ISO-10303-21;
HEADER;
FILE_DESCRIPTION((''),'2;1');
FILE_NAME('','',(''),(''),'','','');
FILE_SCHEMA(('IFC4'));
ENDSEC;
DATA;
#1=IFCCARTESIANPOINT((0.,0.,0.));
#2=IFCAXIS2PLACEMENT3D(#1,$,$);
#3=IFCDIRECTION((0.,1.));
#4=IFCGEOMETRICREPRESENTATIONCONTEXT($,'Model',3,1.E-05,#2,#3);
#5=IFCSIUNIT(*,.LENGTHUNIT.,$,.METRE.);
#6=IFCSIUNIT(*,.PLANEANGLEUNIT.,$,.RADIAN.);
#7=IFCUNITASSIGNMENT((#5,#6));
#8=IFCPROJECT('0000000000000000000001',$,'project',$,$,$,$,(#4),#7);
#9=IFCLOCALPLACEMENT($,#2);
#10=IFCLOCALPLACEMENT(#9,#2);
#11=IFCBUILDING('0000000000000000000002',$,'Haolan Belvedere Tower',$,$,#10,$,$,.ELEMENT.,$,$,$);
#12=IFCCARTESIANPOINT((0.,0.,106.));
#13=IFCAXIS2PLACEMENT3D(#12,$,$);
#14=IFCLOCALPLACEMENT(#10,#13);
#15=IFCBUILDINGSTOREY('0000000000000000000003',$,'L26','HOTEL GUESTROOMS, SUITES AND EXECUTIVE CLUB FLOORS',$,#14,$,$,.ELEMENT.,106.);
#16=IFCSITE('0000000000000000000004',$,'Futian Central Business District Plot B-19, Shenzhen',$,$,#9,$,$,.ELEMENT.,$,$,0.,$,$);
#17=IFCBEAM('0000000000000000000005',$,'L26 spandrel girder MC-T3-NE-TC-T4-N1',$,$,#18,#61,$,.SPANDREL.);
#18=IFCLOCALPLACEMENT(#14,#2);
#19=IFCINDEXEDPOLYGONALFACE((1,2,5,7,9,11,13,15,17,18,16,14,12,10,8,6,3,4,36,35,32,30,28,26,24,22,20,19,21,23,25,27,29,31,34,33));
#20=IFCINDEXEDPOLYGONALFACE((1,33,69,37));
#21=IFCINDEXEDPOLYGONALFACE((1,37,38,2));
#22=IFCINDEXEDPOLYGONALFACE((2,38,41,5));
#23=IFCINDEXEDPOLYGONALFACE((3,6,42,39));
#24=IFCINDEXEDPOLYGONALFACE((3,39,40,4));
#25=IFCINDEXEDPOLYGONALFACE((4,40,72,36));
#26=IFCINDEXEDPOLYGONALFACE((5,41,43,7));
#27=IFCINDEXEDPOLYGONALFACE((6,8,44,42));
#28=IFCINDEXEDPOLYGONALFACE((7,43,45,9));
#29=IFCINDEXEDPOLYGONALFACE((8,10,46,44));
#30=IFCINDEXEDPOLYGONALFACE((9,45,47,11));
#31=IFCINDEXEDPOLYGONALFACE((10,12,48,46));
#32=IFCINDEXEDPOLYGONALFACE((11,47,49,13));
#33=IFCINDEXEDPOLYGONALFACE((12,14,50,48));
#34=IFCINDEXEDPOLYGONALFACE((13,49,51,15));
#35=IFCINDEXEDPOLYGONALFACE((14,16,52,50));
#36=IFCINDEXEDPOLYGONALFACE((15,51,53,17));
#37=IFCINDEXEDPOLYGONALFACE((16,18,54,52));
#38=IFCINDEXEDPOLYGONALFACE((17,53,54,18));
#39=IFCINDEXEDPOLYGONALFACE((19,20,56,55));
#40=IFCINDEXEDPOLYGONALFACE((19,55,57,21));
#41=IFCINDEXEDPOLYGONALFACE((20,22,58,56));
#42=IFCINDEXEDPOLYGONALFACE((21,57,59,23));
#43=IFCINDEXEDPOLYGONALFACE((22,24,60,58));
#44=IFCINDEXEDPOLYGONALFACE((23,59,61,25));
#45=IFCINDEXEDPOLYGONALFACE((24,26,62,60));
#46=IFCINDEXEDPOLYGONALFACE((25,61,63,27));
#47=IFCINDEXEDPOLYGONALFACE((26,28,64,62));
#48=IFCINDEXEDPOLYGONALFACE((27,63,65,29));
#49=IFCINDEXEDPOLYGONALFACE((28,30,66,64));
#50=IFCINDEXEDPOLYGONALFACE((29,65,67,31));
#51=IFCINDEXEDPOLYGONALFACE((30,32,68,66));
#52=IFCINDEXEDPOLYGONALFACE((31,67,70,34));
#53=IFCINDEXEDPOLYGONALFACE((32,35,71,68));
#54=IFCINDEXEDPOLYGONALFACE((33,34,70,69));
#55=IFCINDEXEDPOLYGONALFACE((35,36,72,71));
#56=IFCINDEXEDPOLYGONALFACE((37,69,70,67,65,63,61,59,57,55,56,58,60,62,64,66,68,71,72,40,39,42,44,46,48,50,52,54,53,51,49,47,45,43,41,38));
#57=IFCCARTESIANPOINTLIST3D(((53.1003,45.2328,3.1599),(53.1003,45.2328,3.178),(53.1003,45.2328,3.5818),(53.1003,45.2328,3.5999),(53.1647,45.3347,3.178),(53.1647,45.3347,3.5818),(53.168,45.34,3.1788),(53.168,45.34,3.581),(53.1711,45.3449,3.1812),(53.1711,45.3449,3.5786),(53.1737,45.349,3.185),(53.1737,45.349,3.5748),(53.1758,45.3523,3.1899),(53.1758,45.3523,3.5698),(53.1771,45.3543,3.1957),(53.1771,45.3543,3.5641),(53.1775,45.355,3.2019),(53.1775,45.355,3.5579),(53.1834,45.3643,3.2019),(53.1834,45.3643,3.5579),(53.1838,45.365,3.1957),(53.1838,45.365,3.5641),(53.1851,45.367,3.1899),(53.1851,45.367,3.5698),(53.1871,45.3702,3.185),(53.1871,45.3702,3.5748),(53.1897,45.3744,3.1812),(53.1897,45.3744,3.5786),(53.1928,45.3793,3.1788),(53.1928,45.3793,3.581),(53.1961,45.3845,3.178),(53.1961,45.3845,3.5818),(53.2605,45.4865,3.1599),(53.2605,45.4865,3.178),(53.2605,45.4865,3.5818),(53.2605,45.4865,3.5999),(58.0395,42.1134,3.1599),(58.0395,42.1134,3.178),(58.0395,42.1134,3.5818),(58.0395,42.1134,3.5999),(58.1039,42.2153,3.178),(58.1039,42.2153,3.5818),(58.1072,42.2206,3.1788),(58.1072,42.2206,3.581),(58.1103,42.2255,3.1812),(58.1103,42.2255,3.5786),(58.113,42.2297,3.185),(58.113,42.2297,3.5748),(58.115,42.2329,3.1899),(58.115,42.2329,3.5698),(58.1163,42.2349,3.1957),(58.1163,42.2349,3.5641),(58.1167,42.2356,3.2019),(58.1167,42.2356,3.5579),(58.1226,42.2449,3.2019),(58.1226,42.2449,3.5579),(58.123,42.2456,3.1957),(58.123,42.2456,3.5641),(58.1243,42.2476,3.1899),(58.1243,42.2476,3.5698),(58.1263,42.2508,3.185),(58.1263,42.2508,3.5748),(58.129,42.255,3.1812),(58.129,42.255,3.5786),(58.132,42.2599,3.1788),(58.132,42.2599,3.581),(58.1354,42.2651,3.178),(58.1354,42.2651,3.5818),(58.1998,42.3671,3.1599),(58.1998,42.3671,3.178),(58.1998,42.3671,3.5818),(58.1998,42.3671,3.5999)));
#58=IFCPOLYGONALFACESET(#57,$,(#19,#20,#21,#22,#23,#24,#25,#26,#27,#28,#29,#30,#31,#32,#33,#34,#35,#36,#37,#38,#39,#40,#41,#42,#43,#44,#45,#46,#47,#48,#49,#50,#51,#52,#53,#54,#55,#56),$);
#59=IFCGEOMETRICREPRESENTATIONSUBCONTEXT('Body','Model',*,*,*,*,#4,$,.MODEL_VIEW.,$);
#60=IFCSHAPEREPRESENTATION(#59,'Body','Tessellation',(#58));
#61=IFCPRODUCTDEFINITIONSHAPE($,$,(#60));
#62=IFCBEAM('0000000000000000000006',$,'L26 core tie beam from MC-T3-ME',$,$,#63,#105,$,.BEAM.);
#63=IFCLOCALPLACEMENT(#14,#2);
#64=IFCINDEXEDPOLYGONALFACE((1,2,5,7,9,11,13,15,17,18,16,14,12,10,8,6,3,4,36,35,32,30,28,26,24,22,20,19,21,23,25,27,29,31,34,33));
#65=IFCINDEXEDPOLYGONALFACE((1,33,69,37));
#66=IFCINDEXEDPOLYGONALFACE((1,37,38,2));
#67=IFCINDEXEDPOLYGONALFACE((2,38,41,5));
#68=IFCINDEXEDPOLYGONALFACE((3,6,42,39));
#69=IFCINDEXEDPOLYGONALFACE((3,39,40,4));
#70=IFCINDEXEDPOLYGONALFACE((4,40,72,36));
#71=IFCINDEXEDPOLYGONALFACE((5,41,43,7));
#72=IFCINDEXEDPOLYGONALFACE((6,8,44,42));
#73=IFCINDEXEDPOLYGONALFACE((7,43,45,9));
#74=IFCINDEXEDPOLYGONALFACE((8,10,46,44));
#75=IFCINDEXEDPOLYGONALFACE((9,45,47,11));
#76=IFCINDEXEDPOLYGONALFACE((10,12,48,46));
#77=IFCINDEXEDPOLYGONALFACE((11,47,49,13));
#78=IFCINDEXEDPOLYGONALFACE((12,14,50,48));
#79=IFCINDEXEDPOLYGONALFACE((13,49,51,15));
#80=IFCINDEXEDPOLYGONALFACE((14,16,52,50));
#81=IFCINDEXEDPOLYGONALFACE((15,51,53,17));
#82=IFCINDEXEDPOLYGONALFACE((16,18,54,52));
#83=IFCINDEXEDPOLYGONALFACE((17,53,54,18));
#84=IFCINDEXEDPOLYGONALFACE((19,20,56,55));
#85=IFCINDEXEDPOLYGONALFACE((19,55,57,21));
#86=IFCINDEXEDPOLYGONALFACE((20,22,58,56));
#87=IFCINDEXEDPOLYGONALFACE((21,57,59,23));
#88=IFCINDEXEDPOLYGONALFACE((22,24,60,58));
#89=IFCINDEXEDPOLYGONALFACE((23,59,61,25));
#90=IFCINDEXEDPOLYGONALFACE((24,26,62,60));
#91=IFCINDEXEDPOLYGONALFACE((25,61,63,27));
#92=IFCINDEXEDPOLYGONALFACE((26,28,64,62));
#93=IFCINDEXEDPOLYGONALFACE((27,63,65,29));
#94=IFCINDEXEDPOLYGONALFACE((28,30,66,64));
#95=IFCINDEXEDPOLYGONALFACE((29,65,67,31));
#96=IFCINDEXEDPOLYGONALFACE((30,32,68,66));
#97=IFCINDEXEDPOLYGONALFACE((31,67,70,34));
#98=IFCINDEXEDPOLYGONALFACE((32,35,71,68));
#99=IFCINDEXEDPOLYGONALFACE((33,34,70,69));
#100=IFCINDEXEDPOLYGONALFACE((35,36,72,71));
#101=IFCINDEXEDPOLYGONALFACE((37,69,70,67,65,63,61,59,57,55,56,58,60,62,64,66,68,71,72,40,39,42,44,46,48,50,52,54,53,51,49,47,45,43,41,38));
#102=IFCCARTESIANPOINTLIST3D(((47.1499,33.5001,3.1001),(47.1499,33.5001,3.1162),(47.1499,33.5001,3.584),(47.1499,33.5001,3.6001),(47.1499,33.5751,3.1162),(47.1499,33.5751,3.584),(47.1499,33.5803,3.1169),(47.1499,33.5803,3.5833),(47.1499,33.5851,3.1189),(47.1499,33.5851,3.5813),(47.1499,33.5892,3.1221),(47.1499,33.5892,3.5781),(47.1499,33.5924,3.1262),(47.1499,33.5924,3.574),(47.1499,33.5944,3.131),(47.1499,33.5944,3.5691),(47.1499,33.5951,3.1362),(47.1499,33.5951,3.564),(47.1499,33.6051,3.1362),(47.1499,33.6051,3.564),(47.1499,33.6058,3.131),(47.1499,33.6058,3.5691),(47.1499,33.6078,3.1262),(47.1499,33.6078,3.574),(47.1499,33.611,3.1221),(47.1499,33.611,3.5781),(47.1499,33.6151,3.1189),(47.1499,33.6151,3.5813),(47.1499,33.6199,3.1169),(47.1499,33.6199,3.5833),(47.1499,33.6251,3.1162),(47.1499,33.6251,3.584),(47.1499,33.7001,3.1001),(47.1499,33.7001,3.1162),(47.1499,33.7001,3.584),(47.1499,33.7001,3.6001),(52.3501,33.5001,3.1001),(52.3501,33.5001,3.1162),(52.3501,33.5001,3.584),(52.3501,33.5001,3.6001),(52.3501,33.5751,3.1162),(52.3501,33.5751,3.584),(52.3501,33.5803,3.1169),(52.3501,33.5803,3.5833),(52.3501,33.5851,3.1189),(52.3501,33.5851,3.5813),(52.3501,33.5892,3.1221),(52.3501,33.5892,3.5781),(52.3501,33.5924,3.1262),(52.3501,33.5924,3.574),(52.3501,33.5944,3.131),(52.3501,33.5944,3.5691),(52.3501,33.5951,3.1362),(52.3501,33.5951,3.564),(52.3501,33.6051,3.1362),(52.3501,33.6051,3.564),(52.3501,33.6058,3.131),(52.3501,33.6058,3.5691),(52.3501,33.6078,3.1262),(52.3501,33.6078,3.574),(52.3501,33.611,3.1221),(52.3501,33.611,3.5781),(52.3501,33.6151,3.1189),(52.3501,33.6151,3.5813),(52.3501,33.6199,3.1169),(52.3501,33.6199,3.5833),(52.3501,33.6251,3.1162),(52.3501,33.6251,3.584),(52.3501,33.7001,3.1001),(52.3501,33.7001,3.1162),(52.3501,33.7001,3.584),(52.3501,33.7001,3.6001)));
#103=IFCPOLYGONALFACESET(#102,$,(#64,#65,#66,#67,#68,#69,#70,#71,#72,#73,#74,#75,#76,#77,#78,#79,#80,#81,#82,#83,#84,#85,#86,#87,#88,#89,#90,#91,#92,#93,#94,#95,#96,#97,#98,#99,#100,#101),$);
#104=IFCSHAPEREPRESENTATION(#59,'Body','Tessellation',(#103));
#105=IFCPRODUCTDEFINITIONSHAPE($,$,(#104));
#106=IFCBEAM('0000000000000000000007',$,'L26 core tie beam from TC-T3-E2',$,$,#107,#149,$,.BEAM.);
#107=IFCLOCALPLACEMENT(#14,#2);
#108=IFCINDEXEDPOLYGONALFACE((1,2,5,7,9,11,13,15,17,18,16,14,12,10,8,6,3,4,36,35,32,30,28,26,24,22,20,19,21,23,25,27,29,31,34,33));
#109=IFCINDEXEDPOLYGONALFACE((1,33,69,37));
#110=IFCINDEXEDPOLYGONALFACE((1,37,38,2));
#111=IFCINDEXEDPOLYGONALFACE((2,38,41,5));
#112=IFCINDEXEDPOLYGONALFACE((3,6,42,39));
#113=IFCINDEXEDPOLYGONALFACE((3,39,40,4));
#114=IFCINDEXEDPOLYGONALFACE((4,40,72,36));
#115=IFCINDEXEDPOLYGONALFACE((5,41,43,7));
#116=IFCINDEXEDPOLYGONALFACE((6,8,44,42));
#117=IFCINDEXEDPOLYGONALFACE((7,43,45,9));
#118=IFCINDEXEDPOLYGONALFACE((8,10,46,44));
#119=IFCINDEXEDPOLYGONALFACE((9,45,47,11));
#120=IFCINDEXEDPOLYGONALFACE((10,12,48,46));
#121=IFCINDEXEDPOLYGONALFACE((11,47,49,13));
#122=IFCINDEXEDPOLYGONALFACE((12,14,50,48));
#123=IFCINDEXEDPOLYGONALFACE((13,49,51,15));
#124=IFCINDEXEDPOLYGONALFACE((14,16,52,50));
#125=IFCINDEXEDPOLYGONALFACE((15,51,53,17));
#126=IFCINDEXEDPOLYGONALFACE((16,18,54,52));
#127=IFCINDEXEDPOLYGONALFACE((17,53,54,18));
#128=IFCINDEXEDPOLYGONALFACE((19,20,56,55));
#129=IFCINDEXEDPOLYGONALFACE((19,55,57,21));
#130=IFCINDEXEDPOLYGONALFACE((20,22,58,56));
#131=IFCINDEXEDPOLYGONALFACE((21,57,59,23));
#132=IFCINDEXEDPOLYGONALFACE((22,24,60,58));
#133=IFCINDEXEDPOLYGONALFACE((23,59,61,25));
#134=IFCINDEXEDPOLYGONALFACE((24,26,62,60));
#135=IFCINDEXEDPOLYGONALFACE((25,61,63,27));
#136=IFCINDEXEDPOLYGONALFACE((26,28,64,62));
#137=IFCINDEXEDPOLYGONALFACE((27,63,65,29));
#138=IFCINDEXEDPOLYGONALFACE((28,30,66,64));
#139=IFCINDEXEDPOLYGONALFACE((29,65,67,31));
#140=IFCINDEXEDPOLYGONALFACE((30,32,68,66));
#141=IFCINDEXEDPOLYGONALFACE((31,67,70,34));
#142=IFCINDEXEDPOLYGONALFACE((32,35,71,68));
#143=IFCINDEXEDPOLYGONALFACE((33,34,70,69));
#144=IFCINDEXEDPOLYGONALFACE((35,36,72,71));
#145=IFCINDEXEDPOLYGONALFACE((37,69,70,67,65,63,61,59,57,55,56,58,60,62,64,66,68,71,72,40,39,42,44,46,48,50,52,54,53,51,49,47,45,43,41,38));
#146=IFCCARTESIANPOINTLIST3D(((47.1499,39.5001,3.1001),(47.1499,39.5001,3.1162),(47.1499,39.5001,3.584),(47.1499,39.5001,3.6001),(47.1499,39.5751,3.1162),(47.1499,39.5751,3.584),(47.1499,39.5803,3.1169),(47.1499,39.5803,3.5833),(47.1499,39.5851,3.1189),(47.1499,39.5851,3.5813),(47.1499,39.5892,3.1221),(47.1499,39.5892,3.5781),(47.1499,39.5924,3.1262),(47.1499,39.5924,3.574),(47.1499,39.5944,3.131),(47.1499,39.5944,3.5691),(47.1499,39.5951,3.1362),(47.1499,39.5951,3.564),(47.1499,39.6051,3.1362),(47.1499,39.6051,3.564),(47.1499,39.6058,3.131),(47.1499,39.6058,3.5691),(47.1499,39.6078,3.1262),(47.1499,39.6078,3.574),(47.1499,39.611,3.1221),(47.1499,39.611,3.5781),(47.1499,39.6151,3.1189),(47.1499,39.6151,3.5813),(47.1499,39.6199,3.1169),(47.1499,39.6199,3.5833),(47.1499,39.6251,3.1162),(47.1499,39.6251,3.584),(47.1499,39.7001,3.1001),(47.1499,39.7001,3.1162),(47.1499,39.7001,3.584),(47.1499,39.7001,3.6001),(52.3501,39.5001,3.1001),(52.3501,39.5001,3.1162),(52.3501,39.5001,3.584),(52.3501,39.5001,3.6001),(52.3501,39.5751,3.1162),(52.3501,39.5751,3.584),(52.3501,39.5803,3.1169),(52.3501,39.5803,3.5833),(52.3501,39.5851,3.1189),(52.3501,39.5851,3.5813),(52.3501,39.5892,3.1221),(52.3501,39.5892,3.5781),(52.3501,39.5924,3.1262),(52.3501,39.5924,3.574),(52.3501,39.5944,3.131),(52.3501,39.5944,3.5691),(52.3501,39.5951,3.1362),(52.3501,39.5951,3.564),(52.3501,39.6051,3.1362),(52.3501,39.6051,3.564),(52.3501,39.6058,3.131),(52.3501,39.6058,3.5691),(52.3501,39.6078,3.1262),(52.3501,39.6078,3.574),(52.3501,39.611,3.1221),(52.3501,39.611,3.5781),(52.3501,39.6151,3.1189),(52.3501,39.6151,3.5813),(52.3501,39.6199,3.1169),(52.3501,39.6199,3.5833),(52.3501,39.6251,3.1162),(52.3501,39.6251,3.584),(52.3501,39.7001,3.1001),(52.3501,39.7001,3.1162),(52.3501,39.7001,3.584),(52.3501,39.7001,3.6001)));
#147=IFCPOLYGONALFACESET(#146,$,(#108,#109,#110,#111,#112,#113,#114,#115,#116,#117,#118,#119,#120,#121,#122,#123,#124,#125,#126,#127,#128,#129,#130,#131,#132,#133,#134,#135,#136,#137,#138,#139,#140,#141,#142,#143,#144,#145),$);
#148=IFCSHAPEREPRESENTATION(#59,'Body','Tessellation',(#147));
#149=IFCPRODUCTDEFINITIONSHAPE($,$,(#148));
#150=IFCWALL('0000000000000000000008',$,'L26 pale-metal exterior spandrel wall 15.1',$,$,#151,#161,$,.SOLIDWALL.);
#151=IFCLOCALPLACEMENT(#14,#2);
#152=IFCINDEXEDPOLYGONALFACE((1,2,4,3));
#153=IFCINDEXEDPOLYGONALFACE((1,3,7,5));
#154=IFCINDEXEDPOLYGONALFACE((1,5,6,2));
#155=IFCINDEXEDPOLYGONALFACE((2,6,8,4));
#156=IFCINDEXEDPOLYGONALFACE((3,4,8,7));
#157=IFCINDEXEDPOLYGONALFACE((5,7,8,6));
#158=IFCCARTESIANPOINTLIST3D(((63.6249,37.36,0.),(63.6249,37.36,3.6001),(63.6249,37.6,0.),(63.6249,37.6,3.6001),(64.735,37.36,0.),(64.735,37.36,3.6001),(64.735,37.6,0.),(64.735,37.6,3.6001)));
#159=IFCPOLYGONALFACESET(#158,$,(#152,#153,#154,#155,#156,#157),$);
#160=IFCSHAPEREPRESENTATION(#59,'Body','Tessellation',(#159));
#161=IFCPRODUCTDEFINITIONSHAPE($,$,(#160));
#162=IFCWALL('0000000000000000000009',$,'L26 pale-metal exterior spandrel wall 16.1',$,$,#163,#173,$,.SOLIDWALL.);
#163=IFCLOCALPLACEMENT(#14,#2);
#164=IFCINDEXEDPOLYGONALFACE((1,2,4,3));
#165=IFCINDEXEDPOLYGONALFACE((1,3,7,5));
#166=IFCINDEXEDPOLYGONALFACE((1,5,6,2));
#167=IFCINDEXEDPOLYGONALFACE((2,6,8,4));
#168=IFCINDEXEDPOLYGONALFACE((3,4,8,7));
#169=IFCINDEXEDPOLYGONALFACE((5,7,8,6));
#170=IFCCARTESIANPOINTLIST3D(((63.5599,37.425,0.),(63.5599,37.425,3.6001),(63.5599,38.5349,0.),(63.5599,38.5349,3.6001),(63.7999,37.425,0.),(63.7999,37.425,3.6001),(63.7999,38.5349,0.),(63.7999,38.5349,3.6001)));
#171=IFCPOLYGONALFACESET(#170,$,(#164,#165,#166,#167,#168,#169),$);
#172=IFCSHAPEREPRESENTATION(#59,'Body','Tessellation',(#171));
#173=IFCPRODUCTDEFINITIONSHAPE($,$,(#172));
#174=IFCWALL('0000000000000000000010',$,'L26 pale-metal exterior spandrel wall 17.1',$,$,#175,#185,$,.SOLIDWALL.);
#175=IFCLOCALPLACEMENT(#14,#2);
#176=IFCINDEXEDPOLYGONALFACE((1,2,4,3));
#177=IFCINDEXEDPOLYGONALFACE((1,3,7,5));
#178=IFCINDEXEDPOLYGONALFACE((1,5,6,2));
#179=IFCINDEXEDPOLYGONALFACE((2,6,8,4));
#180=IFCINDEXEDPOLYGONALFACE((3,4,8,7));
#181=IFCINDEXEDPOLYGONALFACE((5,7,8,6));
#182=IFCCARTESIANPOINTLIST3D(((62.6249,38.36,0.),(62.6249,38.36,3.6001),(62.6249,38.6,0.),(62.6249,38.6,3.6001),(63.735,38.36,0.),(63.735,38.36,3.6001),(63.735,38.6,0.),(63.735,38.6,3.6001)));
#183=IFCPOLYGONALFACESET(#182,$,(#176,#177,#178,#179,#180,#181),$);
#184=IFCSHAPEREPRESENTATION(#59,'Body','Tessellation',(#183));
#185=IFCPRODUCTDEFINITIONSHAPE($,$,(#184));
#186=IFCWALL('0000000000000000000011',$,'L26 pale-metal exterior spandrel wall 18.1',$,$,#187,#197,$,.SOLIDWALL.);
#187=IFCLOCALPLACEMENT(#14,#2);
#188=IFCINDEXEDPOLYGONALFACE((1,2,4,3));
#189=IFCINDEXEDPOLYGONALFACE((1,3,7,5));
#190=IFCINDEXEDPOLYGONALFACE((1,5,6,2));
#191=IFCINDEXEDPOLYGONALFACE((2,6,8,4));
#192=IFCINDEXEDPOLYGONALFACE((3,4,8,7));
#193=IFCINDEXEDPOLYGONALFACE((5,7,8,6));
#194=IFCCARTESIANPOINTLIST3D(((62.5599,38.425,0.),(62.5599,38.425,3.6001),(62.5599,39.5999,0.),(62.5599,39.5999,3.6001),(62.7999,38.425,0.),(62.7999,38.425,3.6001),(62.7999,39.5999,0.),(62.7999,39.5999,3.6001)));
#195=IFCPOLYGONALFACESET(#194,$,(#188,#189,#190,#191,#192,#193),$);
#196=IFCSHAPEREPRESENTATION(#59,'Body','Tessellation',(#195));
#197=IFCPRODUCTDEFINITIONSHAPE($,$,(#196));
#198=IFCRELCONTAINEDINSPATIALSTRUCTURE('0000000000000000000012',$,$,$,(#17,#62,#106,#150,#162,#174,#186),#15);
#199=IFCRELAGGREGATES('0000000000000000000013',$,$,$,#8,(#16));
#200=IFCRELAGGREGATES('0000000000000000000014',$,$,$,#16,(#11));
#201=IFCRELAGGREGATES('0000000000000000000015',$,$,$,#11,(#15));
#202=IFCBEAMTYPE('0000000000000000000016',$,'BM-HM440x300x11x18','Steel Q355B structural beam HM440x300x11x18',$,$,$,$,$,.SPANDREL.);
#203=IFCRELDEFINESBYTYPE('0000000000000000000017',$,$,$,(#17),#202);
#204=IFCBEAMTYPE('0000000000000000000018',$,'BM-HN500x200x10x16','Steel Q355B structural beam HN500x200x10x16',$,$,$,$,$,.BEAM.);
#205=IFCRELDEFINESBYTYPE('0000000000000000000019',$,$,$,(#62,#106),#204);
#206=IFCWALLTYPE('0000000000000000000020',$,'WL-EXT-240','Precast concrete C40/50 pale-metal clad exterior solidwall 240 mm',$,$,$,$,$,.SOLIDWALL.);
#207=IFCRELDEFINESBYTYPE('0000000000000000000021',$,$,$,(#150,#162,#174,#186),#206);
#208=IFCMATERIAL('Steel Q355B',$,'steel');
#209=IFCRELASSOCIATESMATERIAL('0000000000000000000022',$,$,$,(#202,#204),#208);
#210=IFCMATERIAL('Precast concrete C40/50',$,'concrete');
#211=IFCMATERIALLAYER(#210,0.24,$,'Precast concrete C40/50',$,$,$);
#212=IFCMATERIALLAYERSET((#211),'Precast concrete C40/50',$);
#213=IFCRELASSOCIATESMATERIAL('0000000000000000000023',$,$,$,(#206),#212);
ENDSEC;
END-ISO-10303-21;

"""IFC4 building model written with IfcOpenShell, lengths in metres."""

from ifc_helpers import new_model, si_unit, direction, frame, frame_2d, origin, origin_2d, place, context, subcontext, project, spatial, rectangle, i_section, extrude, material, layer, layer_set, material_profile, profile_set, type_object, element, save


model = new_model("IFC4")

# Units and contexts
model_context = context("Model", 3, precision=1e-05, world=origin(), true_north=direction((0.0, 1.0)))
body_context = subcontext(model_context, "Body", "Model", "MODEL_VIEW")
ifc_project = project(units=[si_unit("LENGTHUNIT", "METRE"), si_unit("PLANEANGLEUNIT", "RADIAN")], contexts=[model_context])

# Site, building, storey
site_placement = place(None, origin())
site = spatial("IfcSite", under=ifc_project, at=site_placement, Name="Futian Central Business District Plot B-19, Shenzhen", CompositionType="ELEMENT", RefElevation=0.0)
building_placement = place(site_placement, origin())
building = spatial("IfcBuilding", under=site, at=building_placement, Name="Haolan Belvedere Tower", CompositionType="ELEMENT")
storey_placement = place(building_placement, frame((0.0, 0.0, 106.0)))
storey = spatial("IfcBuildingStorey", under=building, at=storey_placement, Name="L26", Description="HOTEL GUESTROOMS, SUITES AND EXECUTIVE CLUB FLOORS", CompositionType="ELEMENT", Elevation=106.0)

# Beams
ifc_material_1 = material(Name="Steel Q355B", Category="steel")
ifc_material_profile_1 = material_profile(ifc_material_1, i_section(OverallWidth=0.3, OverallDepth=0.4399, WebThickness=0.011, FlangeThickness=0.0181, FilletRadius=0.0239, at=origin_2d()), Name="Steel Q355B")
ifc_profile_set_1 = profile_set([ifc_material_profile_1], Name="Steel Q355B")
beam_type_1 = type_object("IfcBeamType", Name="BM-HM440x300x11x18", Description="Steel Q355B structural beam HM440x300x11x18", PredefinedType="SPANDREL", material=ifc_profile_set_1)
beam_placement = place(storey_placement, frame((53.1804, 45.3596, 3.3799), z_axis=(0.845498, -0.533979, 0.0), x_axis=(0.533979, 0.845498, 0.0)))
element("IfcBeam", 1, at=beam_placement, inside=storey, type_object=beam_type_1, Name="L26 spandrel girder MC-T3-NE-TC-T4-N1", PredefinedType="SPANDREL", context=body_context, shape_type="SweptSolid", body=[
    extrude(i_section(OverallWidth=0.3, OverallDepth=0.4399, WebThickness=0.011, FlangeThickness=0.0181, FilletRadius=0.0239, at=origin_2d()), origin(), (0.0, 0.0, 1.0), 5.8418),
])
ifc_material_profile_2 = material_profile(ifc_material_1, i_section(OverallWidth=0.2, OverallDepth=0.5, WebThickness=0.01, FlangeThickness=0.0161, FilletRadius=0.02, at=origin_2d()), Name="Steel Q355B")
ifc_profile_set_2 = profile_set([ifc_material_profile_2], Name="Steel Q355B")
beam_type_2 = type_object("IfcBeamType", Name="BM-HN500x200x10x16", Description="Steel Q355B structural beam HN500x200x10x16", PredefinedType="BEAM", material=ifc_profile_set_2)
for number, where, z_axis, x_axis, name in (
    (2, (52.3501, 33.6001, 3.3501), (-1.0, 0.0, 0.0), (0.0, -1.0, 0.0), "L26 core tie beam from MC-T3-ME"),
    (3, (52.3501, 39.6001, 3.3501), (-1.0, 0.0, 0.0), (0.0, -1.0, 0.0), "L26 core tie beam from TC-T3-E2"),
):
    element("IfcBeam", number, at=place(storey_placement, frame(where, z_axis=z_axis, x_axis=x_axis)), inside=storey, type_object=beam_type_2, Name=name, PredefinedType="BEAM", context=body_context, shape_type="SweptSolid", body=[
        extrude(i_section(OverallWidth=0.2, OverallDepth=0.5, WebThickness=0.01, FlangeThickness=0.0161, FilletRadius=0.02, at=origin_2d()), origin(), (0.0, 0.0, 1.0), 5.2002),
    ])

# Walls
ifc_material_2 = material(Name="Precast concrete C40/50", Category="concrete")
ifc_layer_1 = layer(ifc_material_2, 0.24, Name="Precast concrete C40/50")
ifc_layer_set_1 = layer_set([ifc_layer_1], Name="Precast concrete C40/50")
wall_type_1 = type_object("IfcWallType", Name="WL-EXT-240", Description="Precast concrete C40/50 pale-metal clad exterior solidwall 240 mm", PredefinedType="SOLIDWALL", material=ifc_layer_set_1)
wall_1_placement = place(storey_placement, frame((64.7351, 37.48, 0.0), z_axis=(0.0, 0.0, 1.0), x_axis=(-1.0, 0.0, 0.0)))
element("IfcWall", 4, at=wall_1_placement, inside=storey, type_object=wall_type_1, Name="L26 pale-metal exterior spandrel wall 15.1", PredefinedType="SOLIDWALL", context=body_context, shape_type="SweptSolid", body=[
    extrude(rectangle(XDim=1.1101, YDim=0.24, at=frame_2d((0.5552, 0.0))), origin(), (0.0, 0.0, 1.0), 3.6001),
])
wall_2_placement = place(storey_placement, frame((63.6799, 37.425, 0.0), z_axis=(0.0, 0.0, 1.0), x_axis=(0.0, 1.0, 0.0)))
element("IfcWall", 5, at=wall_2_placement, inside=storey, type_object=wall_type_1, Name="L26 pale-metal exterior spandrel wall 16.1", PredefinedType="SOLIDWALL", context=body_context, shape_type="SweptSolid", body=[
    extrude(rectangle(XDim=1.1099, YDim=0.24, at=frame_2d((0.5549, 0.0))), origin(), (0.0, 0.0, 1.0), 3.6001),
])
wall_3_placement = place(storey_placement, frame((63.7351, 38.48, 0.0), z_axis=(0.0, 0.0, 1.0), x_axis=(-1.0, 0.0, 0.0)))
element("IfcWall", 6, at=wall_3_placement, inside=storey, type_object=wall_type_1, Name="L26 pale-metal exterior spandrel wall 17.1", PredefinedType="SOLIDWALL", context=body_context, shape_type="SweptSolid", body=[
    extrude(rectangle(XDim=1.1101, YDim=0.24, at=frame_2d((0.5552, 0.0))), origin(), (0.0, 0.0, 1.0), 3.6001),
])
wall_4_placement = place(storey_placement, frame((62.6799, 38.425, 0.0), z_axis=(0.0, 0.0, 1.0), x_axis=(0.0, 1.0, 0.0)))
element("IfcWall", 7, at=wall_4_placement, inside=storey, type_object=wall_type_1, Name="L26 pale-metal exterior spandrel wall 18.1", PredefinedType="SOLIDWALL", context=body_context, shape_type="SweptSolid", body=[
    extrude(rectangle(XDim=1.1748, YDim=0.24, at=frame_2d((0.5874, 0.0))), origin(), (0.0, 0.0, 1.0), 3.6001),
])

save(model, "model.ifc")
